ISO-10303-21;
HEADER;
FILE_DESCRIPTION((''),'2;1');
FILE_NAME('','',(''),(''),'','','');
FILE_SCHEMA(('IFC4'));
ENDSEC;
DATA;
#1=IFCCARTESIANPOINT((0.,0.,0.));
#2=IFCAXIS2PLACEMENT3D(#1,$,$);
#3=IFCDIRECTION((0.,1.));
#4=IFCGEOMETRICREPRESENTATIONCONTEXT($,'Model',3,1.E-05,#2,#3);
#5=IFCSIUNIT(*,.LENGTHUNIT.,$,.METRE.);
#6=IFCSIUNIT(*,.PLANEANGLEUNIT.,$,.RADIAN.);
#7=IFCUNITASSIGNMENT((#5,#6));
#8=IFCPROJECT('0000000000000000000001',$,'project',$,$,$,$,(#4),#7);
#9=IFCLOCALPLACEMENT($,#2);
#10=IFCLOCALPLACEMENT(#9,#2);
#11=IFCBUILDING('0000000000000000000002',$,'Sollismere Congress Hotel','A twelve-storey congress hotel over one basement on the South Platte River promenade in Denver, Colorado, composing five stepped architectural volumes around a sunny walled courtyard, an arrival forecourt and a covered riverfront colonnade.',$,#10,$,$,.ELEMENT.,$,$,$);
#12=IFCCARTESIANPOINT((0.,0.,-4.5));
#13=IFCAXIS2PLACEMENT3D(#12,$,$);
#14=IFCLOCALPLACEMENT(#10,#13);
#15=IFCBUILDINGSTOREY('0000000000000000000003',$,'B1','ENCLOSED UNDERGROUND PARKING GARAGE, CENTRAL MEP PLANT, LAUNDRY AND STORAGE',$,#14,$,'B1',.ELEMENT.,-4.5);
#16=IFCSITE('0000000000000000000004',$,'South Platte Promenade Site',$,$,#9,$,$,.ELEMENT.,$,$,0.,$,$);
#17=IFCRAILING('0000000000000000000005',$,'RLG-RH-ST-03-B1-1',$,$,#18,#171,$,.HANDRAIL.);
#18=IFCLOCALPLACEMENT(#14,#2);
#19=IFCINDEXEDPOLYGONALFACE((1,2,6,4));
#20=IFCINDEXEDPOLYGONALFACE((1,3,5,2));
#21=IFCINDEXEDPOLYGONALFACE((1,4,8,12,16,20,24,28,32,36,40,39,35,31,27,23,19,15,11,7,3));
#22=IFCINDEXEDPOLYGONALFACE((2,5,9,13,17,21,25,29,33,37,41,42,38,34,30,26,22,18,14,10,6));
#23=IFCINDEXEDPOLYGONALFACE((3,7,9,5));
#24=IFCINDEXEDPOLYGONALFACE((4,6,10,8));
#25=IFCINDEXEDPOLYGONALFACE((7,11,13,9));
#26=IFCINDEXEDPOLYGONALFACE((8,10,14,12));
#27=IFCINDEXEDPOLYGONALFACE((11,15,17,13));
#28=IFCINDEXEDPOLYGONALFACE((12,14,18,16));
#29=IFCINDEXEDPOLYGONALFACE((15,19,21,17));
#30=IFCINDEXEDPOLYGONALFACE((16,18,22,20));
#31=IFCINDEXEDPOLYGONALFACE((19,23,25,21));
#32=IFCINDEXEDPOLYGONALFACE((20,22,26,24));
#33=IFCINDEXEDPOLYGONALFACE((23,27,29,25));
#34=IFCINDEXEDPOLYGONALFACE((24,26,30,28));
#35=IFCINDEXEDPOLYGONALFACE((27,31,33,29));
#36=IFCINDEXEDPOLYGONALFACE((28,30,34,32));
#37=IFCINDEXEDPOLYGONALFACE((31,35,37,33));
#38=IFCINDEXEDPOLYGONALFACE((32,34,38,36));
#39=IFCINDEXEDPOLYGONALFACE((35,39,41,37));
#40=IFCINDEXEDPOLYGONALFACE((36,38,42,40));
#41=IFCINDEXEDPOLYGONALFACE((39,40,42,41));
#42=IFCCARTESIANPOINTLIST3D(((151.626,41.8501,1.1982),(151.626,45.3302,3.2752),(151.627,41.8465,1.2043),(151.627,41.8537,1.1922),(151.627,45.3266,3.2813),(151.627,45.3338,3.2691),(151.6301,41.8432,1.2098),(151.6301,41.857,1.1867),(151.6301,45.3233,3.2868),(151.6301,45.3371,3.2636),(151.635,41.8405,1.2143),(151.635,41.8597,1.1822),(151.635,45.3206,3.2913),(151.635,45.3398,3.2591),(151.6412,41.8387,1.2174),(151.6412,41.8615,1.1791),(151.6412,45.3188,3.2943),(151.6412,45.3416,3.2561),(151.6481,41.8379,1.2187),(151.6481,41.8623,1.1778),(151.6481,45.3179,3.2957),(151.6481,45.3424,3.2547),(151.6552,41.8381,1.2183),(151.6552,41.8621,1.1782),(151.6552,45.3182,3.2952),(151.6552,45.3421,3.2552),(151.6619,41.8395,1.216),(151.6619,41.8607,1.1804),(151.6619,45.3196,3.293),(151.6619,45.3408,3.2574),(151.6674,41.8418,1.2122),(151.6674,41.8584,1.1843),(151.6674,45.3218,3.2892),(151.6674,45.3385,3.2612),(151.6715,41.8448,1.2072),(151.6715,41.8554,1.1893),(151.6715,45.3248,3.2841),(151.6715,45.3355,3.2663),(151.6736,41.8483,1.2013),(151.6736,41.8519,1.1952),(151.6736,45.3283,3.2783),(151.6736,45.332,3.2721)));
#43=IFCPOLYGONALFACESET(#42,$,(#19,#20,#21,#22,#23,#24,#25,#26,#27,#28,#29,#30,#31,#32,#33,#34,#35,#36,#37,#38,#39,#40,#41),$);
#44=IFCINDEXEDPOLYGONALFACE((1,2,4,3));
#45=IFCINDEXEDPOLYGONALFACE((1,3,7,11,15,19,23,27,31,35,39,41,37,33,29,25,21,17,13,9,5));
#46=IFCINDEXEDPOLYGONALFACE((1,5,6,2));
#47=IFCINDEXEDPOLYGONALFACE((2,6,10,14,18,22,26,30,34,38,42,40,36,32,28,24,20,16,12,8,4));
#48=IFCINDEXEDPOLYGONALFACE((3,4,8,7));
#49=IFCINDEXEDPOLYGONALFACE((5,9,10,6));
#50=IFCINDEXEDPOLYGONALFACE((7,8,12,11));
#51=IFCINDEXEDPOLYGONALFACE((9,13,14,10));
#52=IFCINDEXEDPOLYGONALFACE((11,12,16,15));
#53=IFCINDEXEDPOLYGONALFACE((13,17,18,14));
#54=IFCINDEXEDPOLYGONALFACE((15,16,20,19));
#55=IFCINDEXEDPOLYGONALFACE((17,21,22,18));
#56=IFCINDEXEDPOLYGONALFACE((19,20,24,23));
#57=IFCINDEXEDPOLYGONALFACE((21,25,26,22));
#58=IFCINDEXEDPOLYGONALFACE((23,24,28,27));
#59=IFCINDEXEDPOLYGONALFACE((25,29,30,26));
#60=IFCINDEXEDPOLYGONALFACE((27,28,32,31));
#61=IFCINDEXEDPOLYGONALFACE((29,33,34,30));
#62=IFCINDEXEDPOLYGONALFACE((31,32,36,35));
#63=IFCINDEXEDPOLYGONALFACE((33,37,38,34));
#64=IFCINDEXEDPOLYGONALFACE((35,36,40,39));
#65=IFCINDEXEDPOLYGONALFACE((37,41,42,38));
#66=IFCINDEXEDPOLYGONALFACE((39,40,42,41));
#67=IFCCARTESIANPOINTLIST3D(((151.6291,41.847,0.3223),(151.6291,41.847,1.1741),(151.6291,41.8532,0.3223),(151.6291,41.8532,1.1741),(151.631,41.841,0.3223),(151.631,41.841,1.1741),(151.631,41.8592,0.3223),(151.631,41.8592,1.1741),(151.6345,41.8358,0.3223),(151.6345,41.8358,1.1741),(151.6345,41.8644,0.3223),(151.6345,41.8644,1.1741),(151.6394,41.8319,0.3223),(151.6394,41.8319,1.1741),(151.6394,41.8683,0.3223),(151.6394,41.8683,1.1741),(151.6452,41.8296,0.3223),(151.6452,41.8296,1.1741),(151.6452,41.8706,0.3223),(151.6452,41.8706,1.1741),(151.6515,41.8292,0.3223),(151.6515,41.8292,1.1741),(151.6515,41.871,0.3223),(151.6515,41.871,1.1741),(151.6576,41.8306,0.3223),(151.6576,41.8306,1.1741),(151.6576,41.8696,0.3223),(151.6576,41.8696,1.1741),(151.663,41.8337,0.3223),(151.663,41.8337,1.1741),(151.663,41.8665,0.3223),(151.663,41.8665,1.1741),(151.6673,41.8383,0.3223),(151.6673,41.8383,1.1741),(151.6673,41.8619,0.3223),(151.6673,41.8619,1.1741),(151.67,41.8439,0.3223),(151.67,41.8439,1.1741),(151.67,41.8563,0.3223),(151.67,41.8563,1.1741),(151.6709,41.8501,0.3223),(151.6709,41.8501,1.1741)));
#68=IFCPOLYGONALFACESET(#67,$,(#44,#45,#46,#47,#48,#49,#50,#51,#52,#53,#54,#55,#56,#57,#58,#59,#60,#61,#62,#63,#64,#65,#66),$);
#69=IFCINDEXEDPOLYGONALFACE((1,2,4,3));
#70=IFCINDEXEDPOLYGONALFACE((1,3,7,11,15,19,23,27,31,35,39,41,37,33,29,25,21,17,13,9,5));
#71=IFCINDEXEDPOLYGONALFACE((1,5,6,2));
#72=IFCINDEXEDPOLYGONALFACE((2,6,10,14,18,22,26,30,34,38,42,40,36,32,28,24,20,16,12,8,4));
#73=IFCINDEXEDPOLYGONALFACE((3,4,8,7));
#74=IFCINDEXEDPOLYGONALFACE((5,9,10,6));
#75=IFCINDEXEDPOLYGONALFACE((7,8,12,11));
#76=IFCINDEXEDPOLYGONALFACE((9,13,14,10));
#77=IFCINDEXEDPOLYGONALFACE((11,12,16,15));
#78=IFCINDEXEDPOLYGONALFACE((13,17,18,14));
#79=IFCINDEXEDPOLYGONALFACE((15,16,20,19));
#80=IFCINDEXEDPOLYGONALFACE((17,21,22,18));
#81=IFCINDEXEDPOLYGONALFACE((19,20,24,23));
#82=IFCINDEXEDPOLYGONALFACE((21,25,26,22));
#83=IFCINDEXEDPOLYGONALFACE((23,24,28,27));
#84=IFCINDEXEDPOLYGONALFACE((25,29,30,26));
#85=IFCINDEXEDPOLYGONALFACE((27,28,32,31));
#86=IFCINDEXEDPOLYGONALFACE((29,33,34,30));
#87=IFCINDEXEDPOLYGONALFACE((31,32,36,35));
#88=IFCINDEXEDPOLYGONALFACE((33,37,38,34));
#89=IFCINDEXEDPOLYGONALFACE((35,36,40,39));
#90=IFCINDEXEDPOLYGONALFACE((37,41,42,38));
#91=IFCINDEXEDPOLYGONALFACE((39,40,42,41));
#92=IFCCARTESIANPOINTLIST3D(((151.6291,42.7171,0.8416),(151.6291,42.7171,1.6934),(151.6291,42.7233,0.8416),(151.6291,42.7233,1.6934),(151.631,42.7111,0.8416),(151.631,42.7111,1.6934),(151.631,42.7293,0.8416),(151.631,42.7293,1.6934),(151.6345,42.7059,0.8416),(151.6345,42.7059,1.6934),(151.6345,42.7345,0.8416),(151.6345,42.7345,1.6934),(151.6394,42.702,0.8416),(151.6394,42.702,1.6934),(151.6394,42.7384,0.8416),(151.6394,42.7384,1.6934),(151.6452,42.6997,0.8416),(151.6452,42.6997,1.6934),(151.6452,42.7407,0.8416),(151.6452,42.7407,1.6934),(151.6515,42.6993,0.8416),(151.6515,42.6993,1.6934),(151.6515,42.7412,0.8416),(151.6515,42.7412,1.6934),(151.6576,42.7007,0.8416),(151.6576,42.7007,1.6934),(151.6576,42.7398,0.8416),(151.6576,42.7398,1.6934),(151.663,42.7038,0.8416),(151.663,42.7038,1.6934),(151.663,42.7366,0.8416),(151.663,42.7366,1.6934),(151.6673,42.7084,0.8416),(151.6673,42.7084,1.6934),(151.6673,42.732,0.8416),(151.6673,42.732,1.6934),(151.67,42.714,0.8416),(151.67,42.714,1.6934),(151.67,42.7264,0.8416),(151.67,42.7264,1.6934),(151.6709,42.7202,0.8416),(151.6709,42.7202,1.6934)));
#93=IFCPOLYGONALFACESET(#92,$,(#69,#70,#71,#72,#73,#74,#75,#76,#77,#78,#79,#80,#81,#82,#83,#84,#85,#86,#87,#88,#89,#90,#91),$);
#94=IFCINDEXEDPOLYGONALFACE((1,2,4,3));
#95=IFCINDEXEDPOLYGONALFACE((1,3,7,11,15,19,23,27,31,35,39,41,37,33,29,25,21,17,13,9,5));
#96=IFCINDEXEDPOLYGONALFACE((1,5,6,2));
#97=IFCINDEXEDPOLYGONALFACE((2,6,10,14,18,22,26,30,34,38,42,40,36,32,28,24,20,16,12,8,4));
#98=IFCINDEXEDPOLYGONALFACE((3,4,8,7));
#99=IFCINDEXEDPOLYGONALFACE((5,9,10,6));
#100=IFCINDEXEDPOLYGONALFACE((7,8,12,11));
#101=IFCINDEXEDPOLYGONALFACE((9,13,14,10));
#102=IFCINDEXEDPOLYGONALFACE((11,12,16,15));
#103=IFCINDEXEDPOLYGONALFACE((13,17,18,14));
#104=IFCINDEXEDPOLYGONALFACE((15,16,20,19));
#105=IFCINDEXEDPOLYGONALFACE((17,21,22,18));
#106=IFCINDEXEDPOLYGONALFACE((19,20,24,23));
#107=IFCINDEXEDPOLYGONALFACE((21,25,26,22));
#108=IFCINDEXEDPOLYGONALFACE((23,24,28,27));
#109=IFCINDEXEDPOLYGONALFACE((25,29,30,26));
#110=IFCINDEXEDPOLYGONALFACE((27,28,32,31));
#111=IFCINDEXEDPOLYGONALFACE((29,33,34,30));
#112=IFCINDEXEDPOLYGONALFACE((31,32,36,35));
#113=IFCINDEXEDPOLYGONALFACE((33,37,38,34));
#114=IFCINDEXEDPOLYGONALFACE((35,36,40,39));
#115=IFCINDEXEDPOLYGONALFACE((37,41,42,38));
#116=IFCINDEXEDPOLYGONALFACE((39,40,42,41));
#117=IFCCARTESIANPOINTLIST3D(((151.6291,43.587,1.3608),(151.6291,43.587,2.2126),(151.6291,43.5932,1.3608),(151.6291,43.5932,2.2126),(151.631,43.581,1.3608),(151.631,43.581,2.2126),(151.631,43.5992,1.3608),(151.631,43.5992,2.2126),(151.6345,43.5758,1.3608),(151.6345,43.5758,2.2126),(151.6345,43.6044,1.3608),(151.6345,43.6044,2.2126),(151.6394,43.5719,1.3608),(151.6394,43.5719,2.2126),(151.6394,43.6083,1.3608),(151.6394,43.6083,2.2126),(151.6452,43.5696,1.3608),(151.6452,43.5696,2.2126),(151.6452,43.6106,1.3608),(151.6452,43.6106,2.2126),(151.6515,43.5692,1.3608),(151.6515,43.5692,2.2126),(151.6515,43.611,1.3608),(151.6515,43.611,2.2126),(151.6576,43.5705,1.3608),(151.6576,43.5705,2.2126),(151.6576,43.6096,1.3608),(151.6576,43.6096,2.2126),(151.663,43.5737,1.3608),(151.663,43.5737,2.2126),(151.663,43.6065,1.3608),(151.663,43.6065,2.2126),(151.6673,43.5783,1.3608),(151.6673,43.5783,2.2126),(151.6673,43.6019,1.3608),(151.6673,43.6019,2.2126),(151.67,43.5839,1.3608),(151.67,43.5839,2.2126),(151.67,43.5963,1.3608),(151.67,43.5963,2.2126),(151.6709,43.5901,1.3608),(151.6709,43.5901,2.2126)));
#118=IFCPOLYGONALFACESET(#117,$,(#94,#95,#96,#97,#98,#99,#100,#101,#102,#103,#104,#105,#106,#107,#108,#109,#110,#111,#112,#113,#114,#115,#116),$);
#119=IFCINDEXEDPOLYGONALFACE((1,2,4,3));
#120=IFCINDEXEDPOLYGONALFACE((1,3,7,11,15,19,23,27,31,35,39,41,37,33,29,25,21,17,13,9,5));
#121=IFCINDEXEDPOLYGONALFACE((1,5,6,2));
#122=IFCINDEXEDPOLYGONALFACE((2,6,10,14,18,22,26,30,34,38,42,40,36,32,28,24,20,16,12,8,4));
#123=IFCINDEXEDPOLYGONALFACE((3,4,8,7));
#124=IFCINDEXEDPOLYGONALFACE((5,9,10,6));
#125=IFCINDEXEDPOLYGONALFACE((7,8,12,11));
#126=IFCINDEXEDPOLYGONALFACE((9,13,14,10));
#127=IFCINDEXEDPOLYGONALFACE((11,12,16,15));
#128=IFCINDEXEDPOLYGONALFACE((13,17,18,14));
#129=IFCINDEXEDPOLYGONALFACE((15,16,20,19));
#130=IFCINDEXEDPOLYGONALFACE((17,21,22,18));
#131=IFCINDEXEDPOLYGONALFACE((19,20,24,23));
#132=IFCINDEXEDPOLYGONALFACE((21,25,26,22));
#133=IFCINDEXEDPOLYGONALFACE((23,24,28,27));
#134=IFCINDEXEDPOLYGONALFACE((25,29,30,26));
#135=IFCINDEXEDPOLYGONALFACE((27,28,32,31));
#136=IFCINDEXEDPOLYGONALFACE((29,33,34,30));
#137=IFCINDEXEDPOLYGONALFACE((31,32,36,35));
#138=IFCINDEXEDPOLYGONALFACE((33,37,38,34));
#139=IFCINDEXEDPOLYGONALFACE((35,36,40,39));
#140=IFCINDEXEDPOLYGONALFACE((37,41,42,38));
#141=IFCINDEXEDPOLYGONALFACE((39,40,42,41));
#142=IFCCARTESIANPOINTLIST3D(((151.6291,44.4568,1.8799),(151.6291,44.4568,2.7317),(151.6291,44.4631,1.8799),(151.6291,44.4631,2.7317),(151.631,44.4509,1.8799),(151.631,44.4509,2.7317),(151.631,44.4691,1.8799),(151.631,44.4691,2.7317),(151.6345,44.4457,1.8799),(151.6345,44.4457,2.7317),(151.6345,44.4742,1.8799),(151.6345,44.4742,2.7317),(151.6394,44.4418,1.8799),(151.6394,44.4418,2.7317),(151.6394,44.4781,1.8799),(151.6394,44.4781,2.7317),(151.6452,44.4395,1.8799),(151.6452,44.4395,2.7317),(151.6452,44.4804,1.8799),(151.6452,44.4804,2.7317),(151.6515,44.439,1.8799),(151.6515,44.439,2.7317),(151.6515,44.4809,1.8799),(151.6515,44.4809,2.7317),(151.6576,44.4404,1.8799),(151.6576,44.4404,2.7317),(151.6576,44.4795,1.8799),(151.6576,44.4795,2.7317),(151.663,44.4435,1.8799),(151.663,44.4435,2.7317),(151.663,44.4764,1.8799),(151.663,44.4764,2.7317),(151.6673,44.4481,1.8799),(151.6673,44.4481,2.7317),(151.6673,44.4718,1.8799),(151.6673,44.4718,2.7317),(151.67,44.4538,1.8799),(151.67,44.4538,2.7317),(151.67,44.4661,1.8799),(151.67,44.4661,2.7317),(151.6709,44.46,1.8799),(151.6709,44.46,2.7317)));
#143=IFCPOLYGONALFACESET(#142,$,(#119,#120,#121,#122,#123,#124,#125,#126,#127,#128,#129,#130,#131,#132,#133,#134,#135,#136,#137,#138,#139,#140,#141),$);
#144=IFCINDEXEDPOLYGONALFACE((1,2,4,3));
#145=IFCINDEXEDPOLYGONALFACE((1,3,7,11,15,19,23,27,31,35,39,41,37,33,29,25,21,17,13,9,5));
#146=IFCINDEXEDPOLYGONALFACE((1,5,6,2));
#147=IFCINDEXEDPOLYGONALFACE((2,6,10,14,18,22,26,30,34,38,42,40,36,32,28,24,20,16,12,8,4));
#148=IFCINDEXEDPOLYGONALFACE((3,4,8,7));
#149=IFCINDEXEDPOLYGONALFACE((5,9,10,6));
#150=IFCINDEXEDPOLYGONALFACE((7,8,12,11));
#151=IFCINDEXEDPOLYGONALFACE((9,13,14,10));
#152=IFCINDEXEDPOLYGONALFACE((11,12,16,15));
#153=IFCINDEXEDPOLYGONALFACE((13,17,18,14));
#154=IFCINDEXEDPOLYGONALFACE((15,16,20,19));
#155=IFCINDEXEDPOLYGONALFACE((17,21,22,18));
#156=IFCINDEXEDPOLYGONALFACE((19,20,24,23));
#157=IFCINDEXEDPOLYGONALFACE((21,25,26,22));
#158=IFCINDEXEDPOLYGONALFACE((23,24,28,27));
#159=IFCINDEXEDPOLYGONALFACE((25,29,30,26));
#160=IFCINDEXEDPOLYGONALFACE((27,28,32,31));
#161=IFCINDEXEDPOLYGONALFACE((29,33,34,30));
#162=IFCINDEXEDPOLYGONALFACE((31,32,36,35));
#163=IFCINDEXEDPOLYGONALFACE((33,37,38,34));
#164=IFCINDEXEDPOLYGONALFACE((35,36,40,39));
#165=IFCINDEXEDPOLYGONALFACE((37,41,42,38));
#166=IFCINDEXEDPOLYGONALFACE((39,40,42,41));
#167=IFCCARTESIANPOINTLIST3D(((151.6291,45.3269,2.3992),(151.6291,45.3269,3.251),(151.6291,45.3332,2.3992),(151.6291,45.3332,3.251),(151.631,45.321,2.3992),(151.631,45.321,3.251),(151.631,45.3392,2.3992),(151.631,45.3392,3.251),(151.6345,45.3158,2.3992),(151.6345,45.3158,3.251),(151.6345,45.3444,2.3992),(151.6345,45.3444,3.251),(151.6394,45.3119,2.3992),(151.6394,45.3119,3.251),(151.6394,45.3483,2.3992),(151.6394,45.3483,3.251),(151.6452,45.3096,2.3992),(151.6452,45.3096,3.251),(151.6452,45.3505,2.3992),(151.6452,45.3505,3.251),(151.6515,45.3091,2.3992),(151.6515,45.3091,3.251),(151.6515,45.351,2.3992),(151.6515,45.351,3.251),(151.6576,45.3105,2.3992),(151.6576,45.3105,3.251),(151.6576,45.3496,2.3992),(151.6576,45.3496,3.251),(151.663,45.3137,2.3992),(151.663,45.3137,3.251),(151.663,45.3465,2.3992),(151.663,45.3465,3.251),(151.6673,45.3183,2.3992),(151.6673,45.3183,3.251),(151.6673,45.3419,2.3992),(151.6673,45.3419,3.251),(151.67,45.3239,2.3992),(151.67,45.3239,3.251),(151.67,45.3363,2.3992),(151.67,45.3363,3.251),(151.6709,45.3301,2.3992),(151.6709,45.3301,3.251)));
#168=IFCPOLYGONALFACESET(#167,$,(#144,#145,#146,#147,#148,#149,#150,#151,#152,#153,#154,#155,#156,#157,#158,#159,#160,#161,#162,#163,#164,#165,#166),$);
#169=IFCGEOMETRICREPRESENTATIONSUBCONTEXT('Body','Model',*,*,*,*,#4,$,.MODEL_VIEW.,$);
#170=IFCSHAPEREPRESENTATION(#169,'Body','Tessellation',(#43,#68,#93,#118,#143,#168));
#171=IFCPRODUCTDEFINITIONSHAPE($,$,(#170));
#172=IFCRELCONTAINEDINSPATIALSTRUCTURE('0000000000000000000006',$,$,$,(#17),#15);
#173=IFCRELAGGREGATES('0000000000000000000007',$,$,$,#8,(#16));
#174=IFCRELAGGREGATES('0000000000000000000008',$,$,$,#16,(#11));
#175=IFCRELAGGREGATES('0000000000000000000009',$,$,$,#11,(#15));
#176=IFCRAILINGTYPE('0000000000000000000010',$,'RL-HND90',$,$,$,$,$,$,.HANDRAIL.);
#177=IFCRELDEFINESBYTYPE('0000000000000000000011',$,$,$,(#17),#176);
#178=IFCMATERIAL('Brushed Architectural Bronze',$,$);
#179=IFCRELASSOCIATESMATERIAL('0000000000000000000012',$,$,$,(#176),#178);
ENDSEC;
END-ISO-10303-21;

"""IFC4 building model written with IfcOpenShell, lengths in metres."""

from ifc_helpers import new_model, si_unit, direction, frame, origin, origin_2d, place, context, subcontext, project, spatial, circle, extrude, material, type_object, element, save


model = new_model("IFC4")

# Units and contexts
model_context = context("Model", 3, precision=1e-05, world=origin(), true_north=direction((0.0, 1.0)))
body_context = subcontext(model_context, "Body", "Model", "MODEL_VIEW")
ifc_project = project(units=[si_unit("LENGTHUNIT", "METRE"), si_unit("PLANEANGLEUNIT", "RADIAN")], contexts=[model_context])

# Site, building, storey
site_placement = place(None, origin())
site = spatial("IfcSite", under=ifc_project, at=site_placement, Name="South Platte Promenade Site", CompositionType="ELEMENT", RefElevation=0.0)
building_placement = place(site_placement, origin())
building = spatial("IfcBuilding", under=site, at=building_placement, Name="Sollismere Congress Hotel", Description="A twelve-storey congress hotel over one basement on the South Platte River promenade in Denver, Colorado, composing five stepped architectural volumes around a sunny walled courtyard, an arrival forecourt and a covered riverfront colonnade.", CompositionType="ELEMENT")
storey_placement = place(building_placement, frame((0.0, 0.0, -4.5)))
storey = spatial("IfcBuildingStorey", under=building, at=storey_placement, Name="B1", Description="ENCLOSED UNDERGROUND PARKING GARAGE, CENTRAL MEP PLANT, LAUNDRY AND STORAGE", LongName="B1", CompositionType="ELEMENT", Elevation=-4.5)

# Railing
ifc_material_1 = material(Name="Brushed Architectural Bronze")
railing_type_1 = type_object("IfcRailingType", Name="RL-HND90", PredefinedType="HANDRAIL", material=ifc_material_1)
railing_1_placement = place(storey_placement, frame((151.6499, 41.8501, 0.3223)))
element("IfcRailing", 1, at=railing_1_placement, inside=storey, type_object=railing_type_1, Name="RLG-RH-ST-03-B1-1", PredefinedType="HANDRAIL", context=body_context, shape_type="SweptSolid", body=[
    extrude(circle(Radius=0.0239, at=origin_2d()), frame((0.0, 0.0, 0.876), z_axis=(0.0, 0.858697, 0.512483), x_axis=(-1.0, 0.0, 0.0)), (0.0, 0.0, 1.0), 4.0527),
    extrude(circle(Radius=0.021, at=origin_2d()), origin(), (0.0, 0.0, 1.0), 0.8518),
    extrude(circle(Radius=0.021, at=origin_2d()), frame((0.0, 0.8701, 0.5193)), (0.0, 0.0, 1.0), 0.8518),
    extrude(circle(Radius=0.021, at=origin_2d()), frame((0.0, 1.74, 1.0386)), (0.0, 0.0, 1.0), 0.8518),
    extrude(circle(Radius=0.021, at=origin_2d()), frame((0.0, 2.6099, 1.5576)), (0.0, 0.0, 1.0), 0.8518),
    extrude(circle(Radius=0.021, at=origin_2d()), frame((0.0, 3.48, 2.0769)), (0.0, 0.0, 1.0), 0.8518),
])

save(model, "model.ifc")
